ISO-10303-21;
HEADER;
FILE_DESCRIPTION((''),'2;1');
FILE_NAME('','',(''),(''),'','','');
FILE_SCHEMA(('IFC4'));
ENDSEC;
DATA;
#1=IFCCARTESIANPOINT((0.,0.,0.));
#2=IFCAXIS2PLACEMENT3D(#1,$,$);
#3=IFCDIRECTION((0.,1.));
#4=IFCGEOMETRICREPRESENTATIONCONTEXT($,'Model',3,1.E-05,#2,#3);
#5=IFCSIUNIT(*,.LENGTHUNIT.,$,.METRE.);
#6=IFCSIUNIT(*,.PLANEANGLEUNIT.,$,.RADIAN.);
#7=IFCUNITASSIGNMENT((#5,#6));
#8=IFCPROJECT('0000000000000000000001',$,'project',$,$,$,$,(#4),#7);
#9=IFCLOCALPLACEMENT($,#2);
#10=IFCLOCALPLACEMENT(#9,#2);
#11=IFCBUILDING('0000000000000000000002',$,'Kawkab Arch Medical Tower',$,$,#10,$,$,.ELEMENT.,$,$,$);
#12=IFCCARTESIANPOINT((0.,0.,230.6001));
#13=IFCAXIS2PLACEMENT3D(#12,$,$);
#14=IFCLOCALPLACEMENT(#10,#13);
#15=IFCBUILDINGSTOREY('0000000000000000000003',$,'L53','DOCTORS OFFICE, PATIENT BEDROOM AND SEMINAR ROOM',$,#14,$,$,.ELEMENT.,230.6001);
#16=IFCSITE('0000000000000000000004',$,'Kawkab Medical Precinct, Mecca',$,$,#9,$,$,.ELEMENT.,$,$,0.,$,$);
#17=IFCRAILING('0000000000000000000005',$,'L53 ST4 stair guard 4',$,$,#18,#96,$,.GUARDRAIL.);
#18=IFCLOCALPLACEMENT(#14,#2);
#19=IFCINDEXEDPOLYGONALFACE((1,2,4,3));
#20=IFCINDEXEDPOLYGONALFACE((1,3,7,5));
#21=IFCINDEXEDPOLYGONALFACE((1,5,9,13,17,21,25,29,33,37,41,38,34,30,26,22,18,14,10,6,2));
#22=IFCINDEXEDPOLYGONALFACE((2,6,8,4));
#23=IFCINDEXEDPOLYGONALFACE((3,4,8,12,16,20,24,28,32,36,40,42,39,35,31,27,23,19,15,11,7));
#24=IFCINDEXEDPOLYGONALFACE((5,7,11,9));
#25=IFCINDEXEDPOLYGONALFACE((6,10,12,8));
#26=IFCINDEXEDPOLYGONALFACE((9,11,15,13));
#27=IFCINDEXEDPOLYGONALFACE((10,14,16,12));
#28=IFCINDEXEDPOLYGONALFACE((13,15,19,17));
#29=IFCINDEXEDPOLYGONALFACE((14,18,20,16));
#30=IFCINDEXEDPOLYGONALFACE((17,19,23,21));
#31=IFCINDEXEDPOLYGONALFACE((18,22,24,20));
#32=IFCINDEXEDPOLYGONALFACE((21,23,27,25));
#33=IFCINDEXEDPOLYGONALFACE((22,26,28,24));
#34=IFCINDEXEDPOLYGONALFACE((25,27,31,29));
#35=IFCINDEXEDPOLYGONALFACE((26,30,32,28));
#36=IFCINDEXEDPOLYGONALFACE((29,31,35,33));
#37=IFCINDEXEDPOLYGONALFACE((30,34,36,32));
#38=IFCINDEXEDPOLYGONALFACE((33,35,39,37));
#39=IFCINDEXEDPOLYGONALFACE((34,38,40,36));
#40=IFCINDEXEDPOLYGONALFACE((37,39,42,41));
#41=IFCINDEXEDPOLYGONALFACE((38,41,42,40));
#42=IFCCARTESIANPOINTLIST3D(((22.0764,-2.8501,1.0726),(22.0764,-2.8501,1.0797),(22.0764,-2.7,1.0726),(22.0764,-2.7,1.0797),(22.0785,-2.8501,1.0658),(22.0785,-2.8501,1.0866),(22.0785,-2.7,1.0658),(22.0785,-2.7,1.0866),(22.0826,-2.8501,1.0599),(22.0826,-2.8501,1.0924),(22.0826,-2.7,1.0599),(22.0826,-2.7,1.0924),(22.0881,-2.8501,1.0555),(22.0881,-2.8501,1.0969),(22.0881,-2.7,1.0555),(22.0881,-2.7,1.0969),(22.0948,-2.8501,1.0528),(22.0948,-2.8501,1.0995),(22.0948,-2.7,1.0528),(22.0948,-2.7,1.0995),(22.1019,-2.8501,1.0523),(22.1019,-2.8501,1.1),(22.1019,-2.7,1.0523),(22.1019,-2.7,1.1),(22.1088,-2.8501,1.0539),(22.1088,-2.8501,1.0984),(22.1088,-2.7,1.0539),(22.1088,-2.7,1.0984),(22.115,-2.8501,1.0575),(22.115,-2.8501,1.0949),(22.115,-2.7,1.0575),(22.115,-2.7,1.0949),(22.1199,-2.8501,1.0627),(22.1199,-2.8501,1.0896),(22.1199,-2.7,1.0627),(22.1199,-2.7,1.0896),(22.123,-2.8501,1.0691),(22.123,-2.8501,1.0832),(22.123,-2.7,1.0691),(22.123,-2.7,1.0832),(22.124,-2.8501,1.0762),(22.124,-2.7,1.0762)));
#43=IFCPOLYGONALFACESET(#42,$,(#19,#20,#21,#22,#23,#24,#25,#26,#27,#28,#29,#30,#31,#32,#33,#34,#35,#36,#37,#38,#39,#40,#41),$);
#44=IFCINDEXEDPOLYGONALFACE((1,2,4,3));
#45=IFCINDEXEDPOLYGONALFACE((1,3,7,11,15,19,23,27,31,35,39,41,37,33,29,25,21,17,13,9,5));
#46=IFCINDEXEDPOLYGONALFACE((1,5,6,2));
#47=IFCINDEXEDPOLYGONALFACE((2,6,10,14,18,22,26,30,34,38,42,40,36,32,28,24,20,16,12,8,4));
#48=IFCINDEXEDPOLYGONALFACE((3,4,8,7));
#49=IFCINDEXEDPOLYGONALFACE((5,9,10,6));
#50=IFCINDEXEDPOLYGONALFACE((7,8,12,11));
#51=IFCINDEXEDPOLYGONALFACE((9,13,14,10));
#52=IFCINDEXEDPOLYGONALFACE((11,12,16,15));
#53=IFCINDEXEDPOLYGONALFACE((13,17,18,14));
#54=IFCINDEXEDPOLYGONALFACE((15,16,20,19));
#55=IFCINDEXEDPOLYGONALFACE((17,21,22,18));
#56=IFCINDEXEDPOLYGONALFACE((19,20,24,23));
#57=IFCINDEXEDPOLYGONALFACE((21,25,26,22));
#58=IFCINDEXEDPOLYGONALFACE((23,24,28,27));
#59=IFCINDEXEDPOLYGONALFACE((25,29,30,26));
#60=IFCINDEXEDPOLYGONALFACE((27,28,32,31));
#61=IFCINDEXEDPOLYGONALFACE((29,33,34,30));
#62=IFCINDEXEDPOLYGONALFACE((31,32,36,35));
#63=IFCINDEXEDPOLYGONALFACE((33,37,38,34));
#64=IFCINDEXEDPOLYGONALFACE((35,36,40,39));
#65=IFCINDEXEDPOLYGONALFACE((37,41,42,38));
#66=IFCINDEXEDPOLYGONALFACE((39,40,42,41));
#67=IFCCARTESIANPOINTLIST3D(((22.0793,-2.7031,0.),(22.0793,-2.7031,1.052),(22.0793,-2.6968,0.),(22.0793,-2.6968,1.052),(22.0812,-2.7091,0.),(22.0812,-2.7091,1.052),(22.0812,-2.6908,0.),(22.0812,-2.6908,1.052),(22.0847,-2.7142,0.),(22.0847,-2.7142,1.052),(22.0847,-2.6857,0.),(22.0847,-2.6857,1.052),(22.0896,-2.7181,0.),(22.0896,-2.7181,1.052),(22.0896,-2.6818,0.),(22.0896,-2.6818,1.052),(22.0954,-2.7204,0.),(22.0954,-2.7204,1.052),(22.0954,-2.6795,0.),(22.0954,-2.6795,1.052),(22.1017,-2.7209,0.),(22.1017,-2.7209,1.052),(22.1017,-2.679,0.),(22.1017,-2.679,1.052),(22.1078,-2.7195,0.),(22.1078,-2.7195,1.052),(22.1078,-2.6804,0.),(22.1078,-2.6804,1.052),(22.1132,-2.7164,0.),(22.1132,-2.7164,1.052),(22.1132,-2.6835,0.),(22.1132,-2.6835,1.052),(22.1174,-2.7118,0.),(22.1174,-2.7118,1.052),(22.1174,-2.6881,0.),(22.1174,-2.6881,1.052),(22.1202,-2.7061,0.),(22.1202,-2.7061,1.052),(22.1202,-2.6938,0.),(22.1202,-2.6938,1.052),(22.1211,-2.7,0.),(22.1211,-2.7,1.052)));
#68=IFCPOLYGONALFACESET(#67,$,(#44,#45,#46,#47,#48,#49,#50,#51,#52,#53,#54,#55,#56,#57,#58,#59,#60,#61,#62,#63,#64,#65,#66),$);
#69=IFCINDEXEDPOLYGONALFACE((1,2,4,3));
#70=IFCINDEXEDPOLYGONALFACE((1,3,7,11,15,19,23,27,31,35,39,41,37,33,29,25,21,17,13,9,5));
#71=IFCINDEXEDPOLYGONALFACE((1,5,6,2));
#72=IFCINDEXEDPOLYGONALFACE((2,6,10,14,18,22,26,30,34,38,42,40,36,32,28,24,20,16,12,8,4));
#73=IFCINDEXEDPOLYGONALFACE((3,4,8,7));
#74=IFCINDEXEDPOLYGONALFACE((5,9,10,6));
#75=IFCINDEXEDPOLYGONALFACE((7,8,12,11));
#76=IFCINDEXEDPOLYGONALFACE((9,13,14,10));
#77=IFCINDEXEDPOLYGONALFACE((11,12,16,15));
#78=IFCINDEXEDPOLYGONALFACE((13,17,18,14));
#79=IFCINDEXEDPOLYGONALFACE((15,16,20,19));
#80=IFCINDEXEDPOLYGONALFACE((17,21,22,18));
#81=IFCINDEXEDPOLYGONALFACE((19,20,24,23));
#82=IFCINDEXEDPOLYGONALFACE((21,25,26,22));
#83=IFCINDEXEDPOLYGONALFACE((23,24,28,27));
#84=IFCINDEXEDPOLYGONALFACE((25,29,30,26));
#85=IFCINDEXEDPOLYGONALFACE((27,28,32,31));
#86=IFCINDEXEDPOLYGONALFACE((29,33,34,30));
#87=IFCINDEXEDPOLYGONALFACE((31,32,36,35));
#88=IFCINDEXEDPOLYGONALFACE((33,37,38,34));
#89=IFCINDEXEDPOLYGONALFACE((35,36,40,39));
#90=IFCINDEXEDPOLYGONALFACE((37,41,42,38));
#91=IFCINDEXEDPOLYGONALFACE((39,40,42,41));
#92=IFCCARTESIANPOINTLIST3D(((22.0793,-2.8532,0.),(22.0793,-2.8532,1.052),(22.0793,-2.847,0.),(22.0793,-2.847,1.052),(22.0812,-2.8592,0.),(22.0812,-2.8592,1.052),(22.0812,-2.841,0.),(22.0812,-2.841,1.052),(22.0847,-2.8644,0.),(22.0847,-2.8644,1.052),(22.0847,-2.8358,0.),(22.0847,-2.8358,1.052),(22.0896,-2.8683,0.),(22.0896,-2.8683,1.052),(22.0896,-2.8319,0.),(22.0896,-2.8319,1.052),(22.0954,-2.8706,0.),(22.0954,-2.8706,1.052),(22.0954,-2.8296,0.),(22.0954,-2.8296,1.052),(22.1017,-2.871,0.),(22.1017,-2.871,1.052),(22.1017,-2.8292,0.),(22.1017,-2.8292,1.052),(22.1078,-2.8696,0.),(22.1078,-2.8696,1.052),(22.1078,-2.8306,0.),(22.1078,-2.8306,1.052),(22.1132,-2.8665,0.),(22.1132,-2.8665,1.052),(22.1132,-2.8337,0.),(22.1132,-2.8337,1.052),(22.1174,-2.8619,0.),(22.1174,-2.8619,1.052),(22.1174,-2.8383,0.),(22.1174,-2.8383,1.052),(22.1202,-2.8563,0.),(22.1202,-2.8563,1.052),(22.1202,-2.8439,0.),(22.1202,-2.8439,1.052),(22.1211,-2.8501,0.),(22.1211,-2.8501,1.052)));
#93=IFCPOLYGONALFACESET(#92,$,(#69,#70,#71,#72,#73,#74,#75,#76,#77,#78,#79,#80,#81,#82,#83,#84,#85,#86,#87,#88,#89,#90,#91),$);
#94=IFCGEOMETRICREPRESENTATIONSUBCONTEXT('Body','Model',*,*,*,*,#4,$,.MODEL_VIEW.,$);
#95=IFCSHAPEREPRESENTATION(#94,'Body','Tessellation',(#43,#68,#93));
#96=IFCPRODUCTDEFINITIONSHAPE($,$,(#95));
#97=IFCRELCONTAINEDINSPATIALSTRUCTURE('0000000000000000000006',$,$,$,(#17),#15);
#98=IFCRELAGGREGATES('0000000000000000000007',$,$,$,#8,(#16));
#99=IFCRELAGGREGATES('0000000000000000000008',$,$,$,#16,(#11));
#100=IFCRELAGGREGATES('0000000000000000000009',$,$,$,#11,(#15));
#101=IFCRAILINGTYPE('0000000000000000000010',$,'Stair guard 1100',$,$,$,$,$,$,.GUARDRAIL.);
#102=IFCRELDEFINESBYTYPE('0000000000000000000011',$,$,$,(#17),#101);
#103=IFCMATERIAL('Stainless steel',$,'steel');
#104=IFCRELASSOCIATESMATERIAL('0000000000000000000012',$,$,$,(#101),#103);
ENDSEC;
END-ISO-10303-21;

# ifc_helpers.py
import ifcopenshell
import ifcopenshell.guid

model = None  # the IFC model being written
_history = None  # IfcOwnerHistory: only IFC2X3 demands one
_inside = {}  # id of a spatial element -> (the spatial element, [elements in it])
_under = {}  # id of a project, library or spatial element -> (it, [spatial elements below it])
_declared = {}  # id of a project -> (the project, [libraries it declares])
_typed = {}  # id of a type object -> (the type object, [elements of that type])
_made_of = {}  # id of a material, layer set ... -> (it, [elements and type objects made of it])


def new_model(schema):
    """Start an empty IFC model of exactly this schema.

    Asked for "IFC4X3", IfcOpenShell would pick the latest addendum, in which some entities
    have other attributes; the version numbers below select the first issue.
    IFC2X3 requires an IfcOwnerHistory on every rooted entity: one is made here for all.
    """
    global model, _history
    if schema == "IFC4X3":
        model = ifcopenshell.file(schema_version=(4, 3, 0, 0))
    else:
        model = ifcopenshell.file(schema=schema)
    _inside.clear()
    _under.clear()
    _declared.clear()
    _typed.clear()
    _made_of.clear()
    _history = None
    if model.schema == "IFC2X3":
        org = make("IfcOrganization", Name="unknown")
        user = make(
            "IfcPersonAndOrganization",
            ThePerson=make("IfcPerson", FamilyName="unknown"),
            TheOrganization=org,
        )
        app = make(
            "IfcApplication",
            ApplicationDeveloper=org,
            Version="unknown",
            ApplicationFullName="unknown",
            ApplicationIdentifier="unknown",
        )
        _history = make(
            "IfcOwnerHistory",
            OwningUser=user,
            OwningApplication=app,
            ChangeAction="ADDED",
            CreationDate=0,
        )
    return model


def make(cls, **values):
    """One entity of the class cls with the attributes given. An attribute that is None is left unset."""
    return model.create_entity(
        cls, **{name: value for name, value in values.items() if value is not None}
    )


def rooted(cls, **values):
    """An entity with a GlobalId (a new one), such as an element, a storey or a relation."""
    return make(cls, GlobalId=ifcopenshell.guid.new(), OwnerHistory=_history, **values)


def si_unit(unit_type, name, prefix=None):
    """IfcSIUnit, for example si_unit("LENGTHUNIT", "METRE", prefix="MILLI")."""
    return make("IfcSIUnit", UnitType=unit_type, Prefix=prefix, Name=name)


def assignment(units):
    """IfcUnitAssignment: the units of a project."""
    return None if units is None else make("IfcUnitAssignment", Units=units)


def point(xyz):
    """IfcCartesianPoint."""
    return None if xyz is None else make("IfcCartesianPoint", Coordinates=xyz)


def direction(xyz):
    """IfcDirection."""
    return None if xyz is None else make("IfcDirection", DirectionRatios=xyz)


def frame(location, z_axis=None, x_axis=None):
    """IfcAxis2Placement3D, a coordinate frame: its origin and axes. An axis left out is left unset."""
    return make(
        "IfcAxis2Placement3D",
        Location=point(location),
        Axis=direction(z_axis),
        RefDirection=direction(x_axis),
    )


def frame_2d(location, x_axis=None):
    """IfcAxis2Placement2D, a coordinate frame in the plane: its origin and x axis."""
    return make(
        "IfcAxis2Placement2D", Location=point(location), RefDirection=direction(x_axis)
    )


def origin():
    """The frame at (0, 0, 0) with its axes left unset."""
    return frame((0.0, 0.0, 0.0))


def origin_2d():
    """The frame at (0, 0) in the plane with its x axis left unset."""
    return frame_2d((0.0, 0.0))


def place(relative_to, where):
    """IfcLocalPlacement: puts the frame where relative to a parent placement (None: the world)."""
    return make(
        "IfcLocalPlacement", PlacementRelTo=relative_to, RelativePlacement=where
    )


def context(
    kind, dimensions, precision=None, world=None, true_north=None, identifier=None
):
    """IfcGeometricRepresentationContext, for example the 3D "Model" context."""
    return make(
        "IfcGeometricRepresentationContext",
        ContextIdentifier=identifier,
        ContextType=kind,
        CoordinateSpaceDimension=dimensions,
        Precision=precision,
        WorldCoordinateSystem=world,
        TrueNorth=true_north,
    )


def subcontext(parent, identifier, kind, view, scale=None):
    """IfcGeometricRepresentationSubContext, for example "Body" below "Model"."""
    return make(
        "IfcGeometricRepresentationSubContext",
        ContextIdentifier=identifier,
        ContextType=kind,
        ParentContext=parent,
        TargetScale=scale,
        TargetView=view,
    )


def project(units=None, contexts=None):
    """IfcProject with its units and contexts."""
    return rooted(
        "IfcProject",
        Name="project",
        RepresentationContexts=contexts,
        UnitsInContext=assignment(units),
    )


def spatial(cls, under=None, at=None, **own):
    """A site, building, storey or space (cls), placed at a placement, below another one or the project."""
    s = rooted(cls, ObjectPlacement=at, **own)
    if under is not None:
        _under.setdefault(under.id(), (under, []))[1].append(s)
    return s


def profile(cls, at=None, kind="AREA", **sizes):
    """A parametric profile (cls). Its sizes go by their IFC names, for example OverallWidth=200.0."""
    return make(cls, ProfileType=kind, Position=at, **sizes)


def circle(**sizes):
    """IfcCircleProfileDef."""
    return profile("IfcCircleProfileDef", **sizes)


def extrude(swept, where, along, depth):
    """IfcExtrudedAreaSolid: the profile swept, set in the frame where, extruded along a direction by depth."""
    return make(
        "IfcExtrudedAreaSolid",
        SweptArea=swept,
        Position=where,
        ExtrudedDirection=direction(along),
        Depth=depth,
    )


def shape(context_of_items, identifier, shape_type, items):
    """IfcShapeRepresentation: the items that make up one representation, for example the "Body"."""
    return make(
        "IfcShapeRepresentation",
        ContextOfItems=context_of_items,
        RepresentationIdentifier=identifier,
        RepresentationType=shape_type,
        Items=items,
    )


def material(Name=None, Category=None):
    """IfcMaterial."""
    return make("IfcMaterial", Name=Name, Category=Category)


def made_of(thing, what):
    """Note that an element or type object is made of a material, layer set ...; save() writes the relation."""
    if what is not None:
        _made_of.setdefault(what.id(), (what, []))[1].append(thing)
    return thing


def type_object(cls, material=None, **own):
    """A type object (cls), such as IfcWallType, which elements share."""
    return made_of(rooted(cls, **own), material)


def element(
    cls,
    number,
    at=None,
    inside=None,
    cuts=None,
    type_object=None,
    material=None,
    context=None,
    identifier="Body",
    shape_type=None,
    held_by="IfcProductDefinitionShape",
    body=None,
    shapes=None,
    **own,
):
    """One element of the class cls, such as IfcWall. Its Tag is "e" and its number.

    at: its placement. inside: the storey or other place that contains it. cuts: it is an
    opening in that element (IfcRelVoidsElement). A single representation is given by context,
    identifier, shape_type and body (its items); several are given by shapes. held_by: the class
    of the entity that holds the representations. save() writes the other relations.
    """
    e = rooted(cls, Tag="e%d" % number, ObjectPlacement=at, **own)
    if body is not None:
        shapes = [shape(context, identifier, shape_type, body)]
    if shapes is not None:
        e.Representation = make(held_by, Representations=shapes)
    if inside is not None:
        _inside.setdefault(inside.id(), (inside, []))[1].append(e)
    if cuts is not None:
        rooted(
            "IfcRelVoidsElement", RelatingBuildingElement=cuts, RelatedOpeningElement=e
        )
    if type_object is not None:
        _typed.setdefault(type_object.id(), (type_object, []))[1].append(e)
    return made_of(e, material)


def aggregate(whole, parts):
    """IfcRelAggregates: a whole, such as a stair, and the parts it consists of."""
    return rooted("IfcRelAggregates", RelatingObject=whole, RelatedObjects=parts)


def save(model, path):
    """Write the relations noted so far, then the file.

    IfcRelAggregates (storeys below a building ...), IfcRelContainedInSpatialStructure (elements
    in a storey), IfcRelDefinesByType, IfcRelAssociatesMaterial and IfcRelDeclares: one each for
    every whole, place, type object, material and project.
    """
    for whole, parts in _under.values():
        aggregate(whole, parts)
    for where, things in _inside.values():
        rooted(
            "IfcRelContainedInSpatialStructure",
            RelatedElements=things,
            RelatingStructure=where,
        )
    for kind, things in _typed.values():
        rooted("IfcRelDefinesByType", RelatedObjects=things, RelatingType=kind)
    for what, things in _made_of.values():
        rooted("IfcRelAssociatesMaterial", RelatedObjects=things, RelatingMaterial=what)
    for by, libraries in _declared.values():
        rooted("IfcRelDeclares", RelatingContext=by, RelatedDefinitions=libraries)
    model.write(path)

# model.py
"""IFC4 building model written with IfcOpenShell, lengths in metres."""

from ifc_helpers import new_model, si_unit, direction, frame, origin, origin_2d, place, context, subcontext, project, spatial, circle, extrude, material, type_object, element, save


model = new_model("IFC4")

# Units and contexts
model_context = context("Model", 3, precision=1e-05, world=origin(), true_north=direction((0.0, 1.0)))
body_context = subcontext(model_context, "Body", "Model", "MODEL_VIEW")
ifc_project = project(units=[si_unit("LENGTHUNIT", "METRE"), si_unit("PLANEANGLEUNIT", "RADIAN")], contexts=[model_context])

# Site, building, storey
site_placement = place(None, origin())
site = spatial("IfcSite", under=ifc_project, at=site_placement, Name="Kawkab Medical Precinct, Mecca", CompositionType="ELEMENT", RefElevation=0.0)
building_placement = place(site_placement, origin())
building = spatial("IfcBuilding", under=site, at=building_placement, Name="Kawkab Arch Medical Tower", CompositionType="ELEMENT")
storey_placement = place(building_placement, frame((0.0, 0.0, 230.6001)))
storey = spatial("IfcBuildingStorey", under=building, at=storey_placement, Name="L53", Description="DOCTORS OFFICE, PATIENT BEDROOM AND SEMINAR ROOM", CompositionType="ELEMENT", Elevation=230.6001)

# Railing
ifc_material_1 = material(Name="Stainless steel", Category="steel")
railing_type = type_object("IfcRailingType", Name="Stair guard 1100", PredefinedType="GUARDRAIL", material=ifc_material_1)
railing_1_placement = place(storey_placement, frame((22.1001, -2.7, 0.0)))
element("IfcRailing", 1, at=railing_1_placement, inside=storey, type_object=railing_type, Name="L53 ST4 stair guard 4", PredefinedType="GUARDRAIL", context=body_context, shape_type="SweptSolid", body=[
    extrude(circle(Radius=0.0239, at=origin_2d()), frame((0.0, 0.0, 1.0762), z_axis=(0.0, -1.0, 0.0), x_axis=(1.0, 0.0, 0.0)), (0.0, 0.0, 1.0), 0.1501),
    extrude(circle(Radius=0.021, at=origin_2d()), origin(), (0.0, 0.0, 1.0), 1.052),
    extrude(circle(Radius=0.021, at=origin_2d()), frame((0.0, -0.1501, 0.0)), (0.0, 0.0, 1.0), 1.052),
])

save(model, "model.ifc")
